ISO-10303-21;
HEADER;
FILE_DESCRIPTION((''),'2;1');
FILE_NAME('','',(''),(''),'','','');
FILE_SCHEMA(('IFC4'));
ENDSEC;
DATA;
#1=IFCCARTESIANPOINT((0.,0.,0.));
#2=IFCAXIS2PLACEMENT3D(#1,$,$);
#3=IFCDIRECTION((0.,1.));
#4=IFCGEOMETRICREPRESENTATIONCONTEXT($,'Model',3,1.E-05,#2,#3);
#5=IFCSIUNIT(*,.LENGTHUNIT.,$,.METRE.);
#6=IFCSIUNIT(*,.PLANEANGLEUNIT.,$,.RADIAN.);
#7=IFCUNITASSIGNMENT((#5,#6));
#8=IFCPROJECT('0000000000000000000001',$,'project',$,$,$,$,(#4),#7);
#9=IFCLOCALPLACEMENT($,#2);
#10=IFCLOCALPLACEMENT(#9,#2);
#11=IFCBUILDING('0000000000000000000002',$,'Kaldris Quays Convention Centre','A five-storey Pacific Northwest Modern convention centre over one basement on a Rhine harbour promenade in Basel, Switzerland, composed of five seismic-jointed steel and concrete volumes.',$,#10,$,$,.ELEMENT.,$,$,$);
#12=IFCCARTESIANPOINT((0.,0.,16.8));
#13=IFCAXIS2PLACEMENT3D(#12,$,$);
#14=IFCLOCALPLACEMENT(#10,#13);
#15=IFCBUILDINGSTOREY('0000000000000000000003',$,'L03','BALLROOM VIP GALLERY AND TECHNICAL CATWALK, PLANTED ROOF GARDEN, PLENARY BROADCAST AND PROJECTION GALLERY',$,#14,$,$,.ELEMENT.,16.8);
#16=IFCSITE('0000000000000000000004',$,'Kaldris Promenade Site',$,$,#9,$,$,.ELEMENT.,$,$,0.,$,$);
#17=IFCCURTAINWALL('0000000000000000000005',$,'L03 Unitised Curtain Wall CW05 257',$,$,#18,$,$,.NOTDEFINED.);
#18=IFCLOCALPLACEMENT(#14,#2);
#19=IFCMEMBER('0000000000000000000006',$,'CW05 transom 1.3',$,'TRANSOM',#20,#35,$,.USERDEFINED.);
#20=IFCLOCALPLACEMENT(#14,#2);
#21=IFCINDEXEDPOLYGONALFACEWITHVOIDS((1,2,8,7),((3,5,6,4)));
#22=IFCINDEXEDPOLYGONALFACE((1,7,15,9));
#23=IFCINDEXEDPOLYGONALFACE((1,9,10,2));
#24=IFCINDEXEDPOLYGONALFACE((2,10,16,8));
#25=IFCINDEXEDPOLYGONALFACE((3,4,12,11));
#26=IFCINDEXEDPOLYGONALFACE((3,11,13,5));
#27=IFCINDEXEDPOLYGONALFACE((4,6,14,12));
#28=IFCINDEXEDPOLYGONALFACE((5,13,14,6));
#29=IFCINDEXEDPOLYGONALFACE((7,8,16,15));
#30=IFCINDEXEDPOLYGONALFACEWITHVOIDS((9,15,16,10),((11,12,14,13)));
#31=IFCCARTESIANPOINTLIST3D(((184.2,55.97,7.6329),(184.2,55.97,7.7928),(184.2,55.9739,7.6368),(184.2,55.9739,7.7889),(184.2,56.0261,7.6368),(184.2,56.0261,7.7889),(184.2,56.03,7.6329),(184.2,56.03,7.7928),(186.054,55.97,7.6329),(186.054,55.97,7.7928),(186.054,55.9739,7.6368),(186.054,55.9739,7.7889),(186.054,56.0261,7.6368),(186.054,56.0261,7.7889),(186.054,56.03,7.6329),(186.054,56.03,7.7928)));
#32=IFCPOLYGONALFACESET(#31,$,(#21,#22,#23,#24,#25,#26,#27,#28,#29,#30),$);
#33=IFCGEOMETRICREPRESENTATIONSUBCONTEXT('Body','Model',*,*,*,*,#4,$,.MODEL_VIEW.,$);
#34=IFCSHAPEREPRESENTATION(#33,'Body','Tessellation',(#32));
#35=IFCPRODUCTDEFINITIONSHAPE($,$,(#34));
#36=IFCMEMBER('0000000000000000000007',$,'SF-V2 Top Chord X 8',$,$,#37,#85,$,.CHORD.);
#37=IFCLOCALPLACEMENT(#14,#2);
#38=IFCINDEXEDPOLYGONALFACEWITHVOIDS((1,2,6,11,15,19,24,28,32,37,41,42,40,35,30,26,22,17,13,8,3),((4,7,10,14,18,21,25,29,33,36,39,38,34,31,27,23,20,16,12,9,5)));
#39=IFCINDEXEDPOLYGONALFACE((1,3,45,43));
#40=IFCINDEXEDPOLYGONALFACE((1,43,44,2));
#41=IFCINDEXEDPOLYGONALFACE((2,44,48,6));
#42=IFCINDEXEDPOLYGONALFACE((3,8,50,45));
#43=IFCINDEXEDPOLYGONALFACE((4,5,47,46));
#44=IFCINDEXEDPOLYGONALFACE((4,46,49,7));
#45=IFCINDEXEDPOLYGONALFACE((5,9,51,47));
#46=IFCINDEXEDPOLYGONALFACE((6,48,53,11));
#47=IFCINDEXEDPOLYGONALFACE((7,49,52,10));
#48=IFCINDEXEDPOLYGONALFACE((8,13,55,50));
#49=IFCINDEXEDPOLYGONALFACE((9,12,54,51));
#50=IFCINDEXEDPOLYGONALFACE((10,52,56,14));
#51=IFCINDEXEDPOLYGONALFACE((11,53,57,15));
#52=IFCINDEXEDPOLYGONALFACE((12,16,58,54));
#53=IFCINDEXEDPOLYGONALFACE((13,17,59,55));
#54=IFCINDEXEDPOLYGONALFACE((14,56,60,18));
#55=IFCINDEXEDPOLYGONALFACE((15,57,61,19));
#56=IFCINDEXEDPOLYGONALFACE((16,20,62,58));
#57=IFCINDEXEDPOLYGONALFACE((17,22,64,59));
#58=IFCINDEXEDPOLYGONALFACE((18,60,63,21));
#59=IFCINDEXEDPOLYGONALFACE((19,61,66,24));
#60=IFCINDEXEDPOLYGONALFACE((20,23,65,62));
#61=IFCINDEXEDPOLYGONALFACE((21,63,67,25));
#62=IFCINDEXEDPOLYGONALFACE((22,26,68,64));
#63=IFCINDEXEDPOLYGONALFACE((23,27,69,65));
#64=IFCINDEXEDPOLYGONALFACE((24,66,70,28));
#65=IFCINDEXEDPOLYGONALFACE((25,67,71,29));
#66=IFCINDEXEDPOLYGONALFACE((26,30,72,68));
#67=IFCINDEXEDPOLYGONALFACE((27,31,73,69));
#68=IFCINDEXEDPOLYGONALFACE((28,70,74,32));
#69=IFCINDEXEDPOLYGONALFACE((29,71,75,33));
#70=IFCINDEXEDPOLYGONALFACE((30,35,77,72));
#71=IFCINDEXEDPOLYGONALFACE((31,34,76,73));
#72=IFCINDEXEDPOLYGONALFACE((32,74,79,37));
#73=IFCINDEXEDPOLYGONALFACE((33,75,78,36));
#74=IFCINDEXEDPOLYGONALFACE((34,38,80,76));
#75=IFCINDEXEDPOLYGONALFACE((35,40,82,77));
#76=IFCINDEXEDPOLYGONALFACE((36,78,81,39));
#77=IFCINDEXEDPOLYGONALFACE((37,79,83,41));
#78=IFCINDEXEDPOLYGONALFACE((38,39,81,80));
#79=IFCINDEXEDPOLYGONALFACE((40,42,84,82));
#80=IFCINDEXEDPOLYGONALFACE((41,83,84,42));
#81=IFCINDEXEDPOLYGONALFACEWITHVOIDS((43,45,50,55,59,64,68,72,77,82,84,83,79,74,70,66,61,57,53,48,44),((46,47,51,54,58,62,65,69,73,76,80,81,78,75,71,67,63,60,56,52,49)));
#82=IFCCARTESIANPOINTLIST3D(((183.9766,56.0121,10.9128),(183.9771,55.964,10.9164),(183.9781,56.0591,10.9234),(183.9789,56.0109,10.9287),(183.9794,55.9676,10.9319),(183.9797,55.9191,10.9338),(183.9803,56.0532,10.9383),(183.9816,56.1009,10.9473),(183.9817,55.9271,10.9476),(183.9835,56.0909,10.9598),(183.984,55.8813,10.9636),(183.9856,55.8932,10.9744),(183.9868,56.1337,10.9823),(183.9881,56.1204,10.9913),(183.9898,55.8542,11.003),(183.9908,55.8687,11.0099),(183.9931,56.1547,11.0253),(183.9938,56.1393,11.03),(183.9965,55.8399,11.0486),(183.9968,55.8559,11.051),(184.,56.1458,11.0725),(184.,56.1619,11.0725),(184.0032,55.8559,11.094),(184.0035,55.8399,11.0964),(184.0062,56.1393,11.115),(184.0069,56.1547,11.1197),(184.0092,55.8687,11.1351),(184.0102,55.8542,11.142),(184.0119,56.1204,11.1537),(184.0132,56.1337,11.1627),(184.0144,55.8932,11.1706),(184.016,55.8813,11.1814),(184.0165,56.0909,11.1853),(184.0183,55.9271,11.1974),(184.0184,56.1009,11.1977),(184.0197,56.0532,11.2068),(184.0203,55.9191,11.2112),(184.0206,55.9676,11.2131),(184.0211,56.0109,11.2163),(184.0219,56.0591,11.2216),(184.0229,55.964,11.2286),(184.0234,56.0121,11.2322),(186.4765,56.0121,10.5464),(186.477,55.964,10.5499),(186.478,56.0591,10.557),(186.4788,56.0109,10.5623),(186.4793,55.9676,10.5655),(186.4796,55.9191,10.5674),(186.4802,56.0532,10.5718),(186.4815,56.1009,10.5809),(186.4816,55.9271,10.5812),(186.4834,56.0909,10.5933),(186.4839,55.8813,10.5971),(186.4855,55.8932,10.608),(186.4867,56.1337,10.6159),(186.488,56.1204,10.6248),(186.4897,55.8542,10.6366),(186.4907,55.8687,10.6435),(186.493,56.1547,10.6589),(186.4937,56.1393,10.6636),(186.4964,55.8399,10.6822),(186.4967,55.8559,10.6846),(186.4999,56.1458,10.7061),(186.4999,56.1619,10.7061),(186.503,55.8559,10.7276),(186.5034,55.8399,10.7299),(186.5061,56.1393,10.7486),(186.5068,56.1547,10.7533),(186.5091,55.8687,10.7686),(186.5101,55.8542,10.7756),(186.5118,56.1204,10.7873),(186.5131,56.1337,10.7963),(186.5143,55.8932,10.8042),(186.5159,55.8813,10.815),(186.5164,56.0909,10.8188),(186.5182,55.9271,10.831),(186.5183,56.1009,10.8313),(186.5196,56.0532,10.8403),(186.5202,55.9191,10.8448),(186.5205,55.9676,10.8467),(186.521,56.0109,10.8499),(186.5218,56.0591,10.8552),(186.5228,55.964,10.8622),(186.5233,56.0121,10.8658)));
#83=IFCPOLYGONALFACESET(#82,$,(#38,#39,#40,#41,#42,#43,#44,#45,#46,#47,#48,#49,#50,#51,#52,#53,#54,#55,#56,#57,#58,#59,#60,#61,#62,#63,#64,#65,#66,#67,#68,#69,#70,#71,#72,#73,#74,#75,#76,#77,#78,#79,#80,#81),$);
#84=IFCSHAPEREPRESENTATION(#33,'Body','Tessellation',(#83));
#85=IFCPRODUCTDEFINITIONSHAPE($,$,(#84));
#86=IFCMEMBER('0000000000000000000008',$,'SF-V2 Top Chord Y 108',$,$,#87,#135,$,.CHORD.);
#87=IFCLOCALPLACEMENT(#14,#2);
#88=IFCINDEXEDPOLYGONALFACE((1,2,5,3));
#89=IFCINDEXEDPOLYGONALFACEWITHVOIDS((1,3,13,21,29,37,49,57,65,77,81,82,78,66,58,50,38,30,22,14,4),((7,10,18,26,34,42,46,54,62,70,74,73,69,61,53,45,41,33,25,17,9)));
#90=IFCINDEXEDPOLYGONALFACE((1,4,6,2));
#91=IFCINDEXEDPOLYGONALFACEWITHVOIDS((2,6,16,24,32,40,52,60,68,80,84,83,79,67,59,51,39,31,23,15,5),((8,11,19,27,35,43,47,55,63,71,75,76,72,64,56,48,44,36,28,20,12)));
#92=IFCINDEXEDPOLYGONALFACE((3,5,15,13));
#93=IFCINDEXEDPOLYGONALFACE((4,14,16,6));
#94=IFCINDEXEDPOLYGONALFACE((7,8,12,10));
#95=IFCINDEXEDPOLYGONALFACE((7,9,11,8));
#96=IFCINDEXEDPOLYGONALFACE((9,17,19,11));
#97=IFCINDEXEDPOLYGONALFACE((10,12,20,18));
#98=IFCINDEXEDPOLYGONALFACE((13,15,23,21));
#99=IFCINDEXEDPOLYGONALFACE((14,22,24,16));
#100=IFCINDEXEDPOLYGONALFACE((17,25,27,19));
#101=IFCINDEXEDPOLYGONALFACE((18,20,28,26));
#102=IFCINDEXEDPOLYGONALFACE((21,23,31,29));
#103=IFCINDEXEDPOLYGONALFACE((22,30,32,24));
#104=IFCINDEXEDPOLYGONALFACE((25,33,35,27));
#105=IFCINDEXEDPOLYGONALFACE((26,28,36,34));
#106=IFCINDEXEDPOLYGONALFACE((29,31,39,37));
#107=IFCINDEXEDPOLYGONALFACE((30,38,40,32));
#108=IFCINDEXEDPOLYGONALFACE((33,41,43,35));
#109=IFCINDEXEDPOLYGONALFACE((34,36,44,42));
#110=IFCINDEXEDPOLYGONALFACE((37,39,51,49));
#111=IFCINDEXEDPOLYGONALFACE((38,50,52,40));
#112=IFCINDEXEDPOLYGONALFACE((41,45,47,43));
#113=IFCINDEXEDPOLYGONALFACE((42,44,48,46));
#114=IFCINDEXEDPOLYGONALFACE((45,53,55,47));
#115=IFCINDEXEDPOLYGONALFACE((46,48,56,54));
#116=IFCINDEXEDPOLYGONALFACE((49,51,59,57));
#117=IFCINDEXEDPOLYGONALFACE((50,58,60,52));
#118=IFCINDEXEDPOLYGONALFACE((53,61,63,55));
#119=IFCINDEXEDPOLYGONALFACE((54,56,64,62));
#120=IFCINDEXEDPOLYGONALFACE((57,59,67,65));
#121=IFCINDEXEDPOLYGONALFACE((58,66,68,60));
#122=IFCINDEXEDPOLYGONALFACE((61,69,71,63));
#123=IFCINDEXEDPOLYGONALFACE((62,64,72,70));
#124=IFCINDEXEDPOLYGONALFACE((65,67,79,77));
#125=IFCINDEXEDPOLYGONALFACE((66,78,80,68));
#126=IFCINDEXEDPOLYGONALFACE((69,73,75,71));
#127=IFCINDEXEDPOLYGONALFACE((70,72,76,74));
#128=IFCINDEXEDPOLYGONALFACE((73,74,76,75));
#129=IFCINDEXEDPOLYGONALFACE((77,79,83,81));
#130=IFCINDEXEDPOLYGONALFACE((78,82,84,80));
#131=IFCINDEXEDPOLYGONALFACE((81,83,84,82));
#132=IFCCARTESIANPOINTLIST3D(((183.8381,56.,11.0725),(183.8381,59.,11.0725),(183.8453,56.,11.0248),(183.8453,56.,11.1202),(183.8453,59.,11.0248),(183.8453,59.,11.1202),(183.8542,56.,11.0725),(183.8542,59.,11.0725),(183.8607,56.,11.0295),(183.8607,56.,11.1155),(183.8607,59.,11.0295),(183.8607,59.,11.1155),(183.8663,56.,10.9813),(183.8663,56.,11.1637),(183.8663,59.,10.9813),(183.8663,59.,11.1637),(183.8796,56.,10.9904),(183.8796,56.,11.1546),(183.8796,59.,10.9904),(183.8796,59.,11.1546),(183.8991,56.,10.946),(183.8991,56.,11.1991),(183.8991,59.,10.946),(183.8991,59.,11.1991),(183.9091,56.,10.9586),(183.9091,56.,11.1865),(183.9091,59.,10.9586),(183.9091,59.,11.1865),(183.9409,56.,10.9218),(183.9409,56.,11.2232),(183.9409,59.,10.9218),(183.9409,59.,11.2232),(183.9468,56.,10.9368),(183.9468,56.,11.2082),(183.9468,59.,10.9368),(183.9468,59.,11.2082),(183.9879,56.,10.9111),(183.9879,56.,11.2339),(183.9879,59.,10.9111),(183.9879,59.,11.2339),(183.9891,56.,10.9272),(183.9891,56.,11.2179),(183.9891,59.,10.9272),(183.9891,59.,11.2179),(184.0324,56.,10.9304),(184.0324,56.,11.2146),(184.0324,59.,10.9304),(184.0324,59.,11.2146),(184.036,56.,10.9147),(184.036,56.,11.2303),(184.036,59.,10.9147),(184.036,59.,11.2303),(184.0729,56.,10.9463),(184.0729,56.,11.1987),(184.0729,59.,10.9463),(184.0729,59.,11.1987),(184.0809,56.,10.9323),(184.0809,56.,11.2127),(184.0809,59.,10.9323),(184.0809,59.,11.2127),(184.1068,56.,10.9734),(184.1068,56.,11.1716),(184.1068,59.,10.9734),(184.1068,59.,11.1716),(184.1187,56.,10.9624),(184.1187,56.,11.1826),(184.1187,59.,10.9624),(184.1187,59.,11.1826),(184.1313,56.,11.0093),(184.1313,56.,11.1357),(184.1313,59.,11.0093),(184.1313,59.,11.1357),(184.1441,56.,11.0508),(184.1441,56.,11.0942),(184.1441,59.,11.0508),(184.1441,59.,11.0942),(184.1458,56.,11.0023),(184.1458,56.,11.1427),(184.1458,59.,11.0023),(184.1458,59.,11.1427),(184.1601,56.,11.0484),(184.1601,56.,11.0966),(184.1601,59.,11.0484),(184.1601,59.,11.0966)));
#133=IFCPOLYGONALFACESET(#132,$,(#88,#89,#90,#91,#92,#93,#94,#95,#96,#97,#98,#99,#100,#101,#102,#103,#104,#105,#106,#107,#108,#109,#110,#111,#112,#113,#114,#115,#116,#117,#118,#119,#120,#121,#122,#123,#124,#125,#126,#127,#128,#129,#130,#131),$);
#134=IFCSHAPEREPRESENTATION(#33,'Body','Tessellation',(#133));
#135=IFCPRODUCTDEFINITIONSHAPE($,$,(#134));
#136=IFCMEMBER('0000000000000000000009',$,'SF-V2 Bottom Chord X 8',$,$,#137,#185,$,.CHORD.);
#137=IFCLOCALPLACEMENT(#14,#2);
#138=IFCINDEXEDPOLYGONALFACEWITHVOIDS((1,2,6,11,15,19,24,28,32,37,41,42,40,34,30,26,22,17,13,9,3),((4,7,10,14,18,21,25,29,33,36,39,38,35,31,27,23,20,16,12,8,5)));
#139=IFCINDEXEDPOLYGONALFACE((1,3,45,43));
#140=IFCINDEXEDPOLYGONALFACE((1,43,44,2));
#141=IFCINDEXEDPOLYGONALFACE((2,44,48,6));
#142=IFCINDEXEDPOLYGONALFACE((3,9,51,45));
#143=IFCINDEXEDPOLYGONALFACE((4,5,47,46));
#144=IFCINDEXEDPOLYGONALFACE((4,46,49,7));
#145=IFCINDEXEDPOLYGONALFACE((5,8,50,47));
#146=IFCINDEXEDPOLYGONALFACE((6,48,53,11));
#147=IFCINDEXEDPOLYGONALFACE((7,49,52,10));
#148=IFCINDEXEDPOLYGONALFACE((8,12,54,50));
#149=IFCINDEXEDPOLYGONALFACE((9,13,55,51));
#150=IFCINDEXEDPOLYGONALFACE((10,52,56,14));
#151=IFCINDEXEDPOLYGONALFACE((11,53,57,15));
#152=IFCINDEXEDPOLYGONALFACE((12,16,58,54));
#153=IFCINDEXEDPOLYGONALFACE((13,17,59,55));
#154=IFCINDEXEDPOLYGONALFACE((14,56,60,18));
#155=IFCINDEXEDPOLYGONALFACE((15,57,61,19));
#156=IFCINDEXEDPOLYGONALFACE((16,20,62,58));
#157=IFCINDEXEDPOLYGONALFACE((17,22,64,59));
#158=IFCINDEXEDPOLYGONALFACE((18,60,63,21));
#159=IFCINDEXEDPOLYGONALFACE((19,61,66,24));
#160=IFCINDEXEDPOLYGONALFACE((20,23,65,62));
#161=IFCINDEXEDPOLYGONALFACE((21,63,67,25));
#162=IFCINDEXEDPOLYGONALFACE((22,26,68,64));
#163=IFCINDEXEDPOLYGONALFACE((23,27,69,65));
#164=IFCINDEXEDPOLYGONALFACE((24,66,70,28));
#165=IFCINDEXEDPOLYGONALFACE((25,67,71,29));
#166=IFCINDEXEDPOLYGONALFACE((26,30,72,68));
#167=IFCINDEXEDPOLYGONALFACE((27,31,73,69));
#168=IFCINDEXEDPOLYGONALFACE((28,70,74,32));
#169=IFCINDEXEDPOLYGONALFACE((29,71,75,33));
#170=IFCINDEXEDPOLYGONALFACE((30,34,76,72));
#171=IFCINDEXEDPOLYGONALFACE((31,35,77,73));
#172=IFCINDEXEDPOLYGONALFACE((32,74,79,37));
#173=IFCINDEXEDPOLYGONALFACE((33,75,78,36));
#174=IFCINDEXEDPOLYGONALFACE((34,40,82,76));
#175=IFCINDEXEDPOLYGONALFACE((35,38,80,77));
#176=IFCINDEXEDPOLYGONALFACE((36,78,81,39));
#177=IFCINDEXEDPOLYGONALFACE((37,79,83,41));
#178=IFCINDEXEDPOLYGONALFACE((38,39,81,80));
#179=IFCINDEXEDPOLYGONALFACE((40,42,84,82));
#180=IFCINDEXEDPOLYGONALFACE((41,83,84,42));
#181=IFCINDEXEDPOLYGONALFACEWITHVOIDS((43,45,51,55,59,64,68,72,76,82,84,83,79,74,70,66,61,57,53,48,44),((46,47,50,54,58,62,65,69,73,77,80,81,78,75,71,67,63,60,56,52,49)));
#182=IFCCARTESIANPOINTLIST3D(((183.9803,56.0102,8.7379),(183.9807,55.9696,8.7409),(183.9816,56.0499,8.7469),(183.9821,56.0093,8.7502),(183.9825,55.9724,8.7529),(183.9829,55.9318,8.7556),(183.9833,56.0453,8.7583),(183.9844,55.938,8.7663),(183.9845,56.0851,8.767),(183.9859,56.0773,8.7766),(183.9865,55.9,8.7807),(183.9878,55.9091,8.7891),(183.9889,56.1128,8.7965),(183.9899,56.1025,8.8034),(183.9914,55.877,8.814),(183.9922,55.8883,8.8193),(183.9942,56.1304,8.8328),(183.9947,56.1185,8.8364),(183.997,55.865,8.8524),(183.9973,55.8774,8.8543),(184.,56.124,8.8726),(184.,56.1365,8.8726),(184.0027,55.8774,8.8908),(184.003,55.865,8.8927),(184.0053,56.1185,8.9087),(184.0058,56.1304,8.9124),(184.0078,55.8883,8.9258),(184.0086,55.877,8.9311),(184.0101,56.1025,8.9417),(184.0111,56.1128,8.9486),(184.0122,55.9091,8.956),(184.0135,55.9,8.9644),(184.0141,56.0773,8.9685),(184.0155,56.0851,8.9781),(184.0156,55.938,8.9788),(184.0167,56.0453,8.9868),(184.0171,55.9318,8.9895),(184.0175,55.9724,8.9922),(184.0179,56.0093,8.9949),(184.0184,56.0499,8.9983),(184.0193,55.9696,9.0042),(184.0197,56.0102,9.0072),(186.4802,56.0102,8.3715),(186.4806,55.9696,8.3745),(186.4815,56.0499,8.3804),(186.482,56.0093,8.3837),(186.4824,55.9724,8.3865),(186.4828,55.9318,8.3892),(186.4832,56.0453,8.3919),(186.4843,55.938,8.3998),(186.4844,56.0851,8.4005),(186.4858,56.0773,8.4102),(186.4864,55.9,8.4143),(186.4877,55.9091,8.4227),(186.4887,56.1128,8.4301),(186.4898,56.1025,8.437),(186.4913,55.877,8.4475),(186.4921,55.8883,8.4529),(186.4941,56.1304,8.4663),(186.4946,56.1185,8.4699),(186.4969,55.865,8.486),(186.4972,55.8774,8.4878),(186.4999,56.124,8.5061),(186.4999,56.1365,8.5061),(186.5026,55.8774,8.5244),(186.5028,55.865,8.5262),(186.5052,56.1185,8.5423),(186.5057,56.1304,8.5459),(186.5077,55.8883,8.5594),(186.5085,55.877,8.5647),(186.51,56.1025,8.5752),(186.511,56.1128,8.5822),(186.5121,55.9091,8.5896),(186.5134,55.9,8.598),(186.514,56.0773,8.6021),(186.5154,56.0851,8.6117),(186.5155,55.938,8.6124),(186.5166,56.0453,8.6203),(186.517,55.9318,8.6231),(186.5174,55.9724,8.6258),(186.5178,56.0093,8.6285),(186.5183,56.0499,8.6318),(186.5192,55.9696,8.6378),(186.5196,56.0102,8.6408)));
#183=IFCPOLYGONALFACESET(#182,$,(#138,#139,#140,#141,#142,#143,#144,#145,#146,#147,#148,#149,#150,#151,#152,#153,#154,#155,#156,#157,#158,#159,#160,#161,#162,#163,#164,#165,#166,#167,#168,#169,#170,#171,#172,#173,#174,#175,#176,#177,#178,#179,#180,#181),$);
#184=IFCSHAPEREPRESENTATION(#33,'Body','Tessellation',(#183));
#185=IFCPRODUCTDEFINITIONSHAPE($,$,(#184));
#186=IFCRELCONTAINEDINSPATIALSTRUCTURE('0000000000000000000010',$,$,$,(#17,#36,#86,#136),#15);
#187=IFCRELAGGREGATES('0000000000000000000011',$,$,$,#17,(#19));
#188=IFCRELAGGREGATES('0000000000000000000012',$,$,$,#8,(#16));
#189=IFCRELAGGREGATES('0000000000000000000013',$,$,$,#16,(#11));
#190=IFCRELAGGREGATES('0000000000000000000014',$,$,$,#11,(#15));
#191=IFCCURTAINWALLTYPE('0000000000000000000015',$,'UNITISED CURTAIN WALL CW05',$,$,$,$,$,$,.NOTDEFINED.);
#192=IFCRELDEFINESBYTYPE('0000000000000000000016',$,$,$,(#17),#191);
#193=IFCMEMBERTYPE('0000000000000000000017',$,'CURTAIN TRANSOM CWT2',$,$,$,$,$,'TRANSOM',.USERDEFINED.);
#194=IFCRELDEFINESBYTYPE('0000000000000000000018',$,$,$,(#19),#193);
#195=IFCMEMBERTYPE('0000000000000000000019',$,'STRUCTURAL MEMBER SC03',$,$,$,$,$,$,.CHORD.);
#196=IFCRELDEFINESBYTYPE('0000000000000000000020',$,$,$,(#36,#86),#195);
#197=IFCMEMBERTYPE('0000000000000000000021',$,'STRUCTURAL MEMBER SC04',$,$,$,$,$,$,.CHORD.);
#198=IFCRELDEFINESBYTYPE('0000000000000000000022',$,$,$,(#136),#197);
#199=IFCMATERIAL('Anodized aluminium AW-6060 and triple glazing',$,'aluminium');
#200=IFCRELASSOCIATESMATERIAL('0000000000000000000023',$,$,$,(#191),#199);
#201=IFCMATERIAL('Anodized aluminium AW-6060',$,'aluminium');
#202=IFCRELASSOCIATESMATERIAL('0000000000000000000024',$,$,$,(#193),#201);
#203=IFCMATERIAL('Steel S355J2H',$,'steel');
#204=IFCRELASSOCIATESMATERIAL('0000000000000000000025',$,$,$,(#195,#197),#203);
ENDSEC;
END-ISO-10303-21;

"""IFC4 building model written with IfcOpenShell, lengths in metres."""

from ifc_helpers import new_model, si_unit, direction, frame, origin, origin_2d, place, context, subcontext, project, spatial, hollow_rectangle, hollow_circle, extrude, material, material_profile, profile_set, type_object, element, aggregate, save


model = new_model("IFC4")

# Units and contexts
model_context = context("Model", 3, precision=1e-05, world=origin(), true_north=direction((0.0, 1.0)))
body_context = subcontext(model_context, "Body", "Model", "MODEL_VIEW")
ifc_project = project(units=[si_unit("LENGTHUNIT", "METRE"), si_unit("PLANEANGLEUNIT", "RADIAN")], contexts=[model_context])

# Site, building, storey
site_placement = place(None, origin())
site = spatial("IfcSite", under=ifc_project, at=site_placement, Name="Kaldris Promenade Site", CompositionType="ELEMENT", RefElevation=0.0)
building_placement = place(site_placement, origin())
building = spatial("IfcBuilding", under=site, at=building_placement, Name="Kaldris Quays Convention Centre", Description="A five-storey Pacific Northwest Modern convention centre over one basement on a Rhine harbour promenade in Basel, Switzerland, composed of five seismic-jointed steel and concrete volumes.", CompositionType="ELEMENT")
storey_placement = place(building_placement, frame((0.0, 0.0, 16.8)))
storey = spatial("IfcBuildingStorey", under=building, at=storey_placement, Name="L03", Description="BALLROOM VIP GALLERY AND TECHNICAL CATWALK, PLANTED ROOF GARDEN, PLENARY BROADCAST AND PROJECTION GALLERY", CompositionType="ELEMENT", Elevation=16.8)

# Shared definitions
ifc_material_1 = material(Name="Anodized aluminium AW-6060 and triple glazing", Category="aluminium")
ifc_material_2 = material(Name="Anodized aluminium AW-6060", Category="aluminium")

# Curtain wall
curtain_wall_type_1 = type_object("IfcCurtainWallType", Name="UNITISED CURTAIN WALL CW05", PredefinedType="NOTDEFINED", material=ifc_material_1)
curtain_wall_1_placement = place(storey_placement, origin())
curtain_wall_1 = element("IfcCurtainWall", 1, at=curtain_wall_1_placement, inside=storey, type_object=curtain_wall_type_1, Name="L03 Unitised Curtain Wall CW05 257", PredefinedType="NOTDEFINED")

# Member
ifc_material_profile_1 = material_profile(ifc_material_2, hollow_rectangle(XDim=0.0601, YDim=0.1599, WallThickness=0.0039, at=origin_2d()), Name="RHS 160x60x4")
ifc_profile_set_1 = profile_set([ifc_material_profile_1], Name="Anodized aluminium AW-6060")
member_type_1 = type_object("IfcMemberType", Name="CURTAIN TRANSOM CWT2", ElementType="TRANSOM", PredefinedType="USERDEFINED", material=ifc_profile_set_1)
member_1_placement = place(storey_placement, frame((184.2, 56.0, 7.7129), z_axis=(1.0, 0.0, 0.0), x_axis=(0.0, 1.0, 0.0)))
member_1 = element("IfcMember", 2, at=member_1_placement, type_object=member_type_1, Name="CW05 transom 1.3", ObjectType="TRANSOM", PredefinedType="USERDEFINED", context=body_context, shape_type="SweptSolid", body=[
    extrude(hollow_rectangle(XDim=0.0601, YDim=0.1599, WallThickness=0.0039, at=origin_2d()), origin(), (0.0, 0.0, 1.0), 1.854),
])

# Members
ifc_material_3 = material(Name="Steel S355J2H", Category="steel")
ifc_material_profile_2 = material_profile(ifc_material_3, hollow_circle(Radius=0.1619, WallThickness=0.0161, at=origin_2d()), Name="CHS 323.9x16")
ifc_profile_set_2 = profile_set([ifc_material_profile_2], Name="Steel S355J2H")
member_type_2 = type_object("IfcMemberType", Name="STRUCTURAL MEMBER SC03", PredefinedType="CHORD", material=ifc_profile_set_2)
member_2_placement = place(storey_placement, frame((184.0, 56.0, 11.0725), z_axis=(0.989427, 0.0, -0.145032), x_axis=(0.0, 1.0, 0.0)))
element("IfcMember", 3, at=member_2_placement, inside=storey, type_object=member_type_2, Name="SF-V2 Top Chord X 8", PredefinedType="CHORD", context=body_context, shape_type="SweptSolid", body=[
    extrude(hollow_circle(Radius=0.1619, WallThickness=0.0161, at=origin_2d()), origin(), (0.0, 0.0, 1.0), 2.5266),
])
member_3_placement = place(storey_placement, frame((184.0, 56.0, 11.0725), z_axis=(0.0, 1.0, 0.0), x_axis=(-1.0, 0.0, 0.0)))
element("IfcMember", 4, at=member_3_placement, inside=storey, type_object=member_type_2, Name="SF-V2 Top Chord Y 108", PredefinedType="CHORD", context=body_context, shape_type="SweptSolid", body=[
    extrude(hollow_circle(Radius=0.1619, WallThickness=0.0161, at=origin_2d()), origin(), (0.0, 0.0, 1.0), 3.0),
])
ifc_material_profile_3 = material_profile(ifc_material_3, hollow_circle(Radius=0.1365, WallThickness=0.0125, at=origin_2d()), Name="CHS 273x12.5")
ifc_profile_set_3 = profile_set([ifc_material_profile_3], Name="Steel S355J2H")
member_type_3 = type_object("IfcMemberType", Name="STRUCTURAL MEMBER SC04", PredefinedType="CHORD", material=ifc_profile_set_3)
member_4_placement = place(storey_placement, frame((184.0, 56.0, 8.8726), z_axis=(0.989427, 0.0, -0.145032), x_axis=(0.0, 1.0, 0.0)))
element("IfcMember", 5, at=member_4_placement, inside=storey, type_object=member_type_3, Name="SF-V2 Bottom Chord X 8", PredefinedType="CHORD", context=body_context, shape_type="SweptSolid", body=[
    extrude(hollow_circle(Radius=0.1365, WallThickness=0.0125, at=origin_2d()), origin(), (0.0, 0.0, 1.0), 2.5266),
])

aggregate(curtain_wall_1, [member_1])

save(model, "model.ifc")
